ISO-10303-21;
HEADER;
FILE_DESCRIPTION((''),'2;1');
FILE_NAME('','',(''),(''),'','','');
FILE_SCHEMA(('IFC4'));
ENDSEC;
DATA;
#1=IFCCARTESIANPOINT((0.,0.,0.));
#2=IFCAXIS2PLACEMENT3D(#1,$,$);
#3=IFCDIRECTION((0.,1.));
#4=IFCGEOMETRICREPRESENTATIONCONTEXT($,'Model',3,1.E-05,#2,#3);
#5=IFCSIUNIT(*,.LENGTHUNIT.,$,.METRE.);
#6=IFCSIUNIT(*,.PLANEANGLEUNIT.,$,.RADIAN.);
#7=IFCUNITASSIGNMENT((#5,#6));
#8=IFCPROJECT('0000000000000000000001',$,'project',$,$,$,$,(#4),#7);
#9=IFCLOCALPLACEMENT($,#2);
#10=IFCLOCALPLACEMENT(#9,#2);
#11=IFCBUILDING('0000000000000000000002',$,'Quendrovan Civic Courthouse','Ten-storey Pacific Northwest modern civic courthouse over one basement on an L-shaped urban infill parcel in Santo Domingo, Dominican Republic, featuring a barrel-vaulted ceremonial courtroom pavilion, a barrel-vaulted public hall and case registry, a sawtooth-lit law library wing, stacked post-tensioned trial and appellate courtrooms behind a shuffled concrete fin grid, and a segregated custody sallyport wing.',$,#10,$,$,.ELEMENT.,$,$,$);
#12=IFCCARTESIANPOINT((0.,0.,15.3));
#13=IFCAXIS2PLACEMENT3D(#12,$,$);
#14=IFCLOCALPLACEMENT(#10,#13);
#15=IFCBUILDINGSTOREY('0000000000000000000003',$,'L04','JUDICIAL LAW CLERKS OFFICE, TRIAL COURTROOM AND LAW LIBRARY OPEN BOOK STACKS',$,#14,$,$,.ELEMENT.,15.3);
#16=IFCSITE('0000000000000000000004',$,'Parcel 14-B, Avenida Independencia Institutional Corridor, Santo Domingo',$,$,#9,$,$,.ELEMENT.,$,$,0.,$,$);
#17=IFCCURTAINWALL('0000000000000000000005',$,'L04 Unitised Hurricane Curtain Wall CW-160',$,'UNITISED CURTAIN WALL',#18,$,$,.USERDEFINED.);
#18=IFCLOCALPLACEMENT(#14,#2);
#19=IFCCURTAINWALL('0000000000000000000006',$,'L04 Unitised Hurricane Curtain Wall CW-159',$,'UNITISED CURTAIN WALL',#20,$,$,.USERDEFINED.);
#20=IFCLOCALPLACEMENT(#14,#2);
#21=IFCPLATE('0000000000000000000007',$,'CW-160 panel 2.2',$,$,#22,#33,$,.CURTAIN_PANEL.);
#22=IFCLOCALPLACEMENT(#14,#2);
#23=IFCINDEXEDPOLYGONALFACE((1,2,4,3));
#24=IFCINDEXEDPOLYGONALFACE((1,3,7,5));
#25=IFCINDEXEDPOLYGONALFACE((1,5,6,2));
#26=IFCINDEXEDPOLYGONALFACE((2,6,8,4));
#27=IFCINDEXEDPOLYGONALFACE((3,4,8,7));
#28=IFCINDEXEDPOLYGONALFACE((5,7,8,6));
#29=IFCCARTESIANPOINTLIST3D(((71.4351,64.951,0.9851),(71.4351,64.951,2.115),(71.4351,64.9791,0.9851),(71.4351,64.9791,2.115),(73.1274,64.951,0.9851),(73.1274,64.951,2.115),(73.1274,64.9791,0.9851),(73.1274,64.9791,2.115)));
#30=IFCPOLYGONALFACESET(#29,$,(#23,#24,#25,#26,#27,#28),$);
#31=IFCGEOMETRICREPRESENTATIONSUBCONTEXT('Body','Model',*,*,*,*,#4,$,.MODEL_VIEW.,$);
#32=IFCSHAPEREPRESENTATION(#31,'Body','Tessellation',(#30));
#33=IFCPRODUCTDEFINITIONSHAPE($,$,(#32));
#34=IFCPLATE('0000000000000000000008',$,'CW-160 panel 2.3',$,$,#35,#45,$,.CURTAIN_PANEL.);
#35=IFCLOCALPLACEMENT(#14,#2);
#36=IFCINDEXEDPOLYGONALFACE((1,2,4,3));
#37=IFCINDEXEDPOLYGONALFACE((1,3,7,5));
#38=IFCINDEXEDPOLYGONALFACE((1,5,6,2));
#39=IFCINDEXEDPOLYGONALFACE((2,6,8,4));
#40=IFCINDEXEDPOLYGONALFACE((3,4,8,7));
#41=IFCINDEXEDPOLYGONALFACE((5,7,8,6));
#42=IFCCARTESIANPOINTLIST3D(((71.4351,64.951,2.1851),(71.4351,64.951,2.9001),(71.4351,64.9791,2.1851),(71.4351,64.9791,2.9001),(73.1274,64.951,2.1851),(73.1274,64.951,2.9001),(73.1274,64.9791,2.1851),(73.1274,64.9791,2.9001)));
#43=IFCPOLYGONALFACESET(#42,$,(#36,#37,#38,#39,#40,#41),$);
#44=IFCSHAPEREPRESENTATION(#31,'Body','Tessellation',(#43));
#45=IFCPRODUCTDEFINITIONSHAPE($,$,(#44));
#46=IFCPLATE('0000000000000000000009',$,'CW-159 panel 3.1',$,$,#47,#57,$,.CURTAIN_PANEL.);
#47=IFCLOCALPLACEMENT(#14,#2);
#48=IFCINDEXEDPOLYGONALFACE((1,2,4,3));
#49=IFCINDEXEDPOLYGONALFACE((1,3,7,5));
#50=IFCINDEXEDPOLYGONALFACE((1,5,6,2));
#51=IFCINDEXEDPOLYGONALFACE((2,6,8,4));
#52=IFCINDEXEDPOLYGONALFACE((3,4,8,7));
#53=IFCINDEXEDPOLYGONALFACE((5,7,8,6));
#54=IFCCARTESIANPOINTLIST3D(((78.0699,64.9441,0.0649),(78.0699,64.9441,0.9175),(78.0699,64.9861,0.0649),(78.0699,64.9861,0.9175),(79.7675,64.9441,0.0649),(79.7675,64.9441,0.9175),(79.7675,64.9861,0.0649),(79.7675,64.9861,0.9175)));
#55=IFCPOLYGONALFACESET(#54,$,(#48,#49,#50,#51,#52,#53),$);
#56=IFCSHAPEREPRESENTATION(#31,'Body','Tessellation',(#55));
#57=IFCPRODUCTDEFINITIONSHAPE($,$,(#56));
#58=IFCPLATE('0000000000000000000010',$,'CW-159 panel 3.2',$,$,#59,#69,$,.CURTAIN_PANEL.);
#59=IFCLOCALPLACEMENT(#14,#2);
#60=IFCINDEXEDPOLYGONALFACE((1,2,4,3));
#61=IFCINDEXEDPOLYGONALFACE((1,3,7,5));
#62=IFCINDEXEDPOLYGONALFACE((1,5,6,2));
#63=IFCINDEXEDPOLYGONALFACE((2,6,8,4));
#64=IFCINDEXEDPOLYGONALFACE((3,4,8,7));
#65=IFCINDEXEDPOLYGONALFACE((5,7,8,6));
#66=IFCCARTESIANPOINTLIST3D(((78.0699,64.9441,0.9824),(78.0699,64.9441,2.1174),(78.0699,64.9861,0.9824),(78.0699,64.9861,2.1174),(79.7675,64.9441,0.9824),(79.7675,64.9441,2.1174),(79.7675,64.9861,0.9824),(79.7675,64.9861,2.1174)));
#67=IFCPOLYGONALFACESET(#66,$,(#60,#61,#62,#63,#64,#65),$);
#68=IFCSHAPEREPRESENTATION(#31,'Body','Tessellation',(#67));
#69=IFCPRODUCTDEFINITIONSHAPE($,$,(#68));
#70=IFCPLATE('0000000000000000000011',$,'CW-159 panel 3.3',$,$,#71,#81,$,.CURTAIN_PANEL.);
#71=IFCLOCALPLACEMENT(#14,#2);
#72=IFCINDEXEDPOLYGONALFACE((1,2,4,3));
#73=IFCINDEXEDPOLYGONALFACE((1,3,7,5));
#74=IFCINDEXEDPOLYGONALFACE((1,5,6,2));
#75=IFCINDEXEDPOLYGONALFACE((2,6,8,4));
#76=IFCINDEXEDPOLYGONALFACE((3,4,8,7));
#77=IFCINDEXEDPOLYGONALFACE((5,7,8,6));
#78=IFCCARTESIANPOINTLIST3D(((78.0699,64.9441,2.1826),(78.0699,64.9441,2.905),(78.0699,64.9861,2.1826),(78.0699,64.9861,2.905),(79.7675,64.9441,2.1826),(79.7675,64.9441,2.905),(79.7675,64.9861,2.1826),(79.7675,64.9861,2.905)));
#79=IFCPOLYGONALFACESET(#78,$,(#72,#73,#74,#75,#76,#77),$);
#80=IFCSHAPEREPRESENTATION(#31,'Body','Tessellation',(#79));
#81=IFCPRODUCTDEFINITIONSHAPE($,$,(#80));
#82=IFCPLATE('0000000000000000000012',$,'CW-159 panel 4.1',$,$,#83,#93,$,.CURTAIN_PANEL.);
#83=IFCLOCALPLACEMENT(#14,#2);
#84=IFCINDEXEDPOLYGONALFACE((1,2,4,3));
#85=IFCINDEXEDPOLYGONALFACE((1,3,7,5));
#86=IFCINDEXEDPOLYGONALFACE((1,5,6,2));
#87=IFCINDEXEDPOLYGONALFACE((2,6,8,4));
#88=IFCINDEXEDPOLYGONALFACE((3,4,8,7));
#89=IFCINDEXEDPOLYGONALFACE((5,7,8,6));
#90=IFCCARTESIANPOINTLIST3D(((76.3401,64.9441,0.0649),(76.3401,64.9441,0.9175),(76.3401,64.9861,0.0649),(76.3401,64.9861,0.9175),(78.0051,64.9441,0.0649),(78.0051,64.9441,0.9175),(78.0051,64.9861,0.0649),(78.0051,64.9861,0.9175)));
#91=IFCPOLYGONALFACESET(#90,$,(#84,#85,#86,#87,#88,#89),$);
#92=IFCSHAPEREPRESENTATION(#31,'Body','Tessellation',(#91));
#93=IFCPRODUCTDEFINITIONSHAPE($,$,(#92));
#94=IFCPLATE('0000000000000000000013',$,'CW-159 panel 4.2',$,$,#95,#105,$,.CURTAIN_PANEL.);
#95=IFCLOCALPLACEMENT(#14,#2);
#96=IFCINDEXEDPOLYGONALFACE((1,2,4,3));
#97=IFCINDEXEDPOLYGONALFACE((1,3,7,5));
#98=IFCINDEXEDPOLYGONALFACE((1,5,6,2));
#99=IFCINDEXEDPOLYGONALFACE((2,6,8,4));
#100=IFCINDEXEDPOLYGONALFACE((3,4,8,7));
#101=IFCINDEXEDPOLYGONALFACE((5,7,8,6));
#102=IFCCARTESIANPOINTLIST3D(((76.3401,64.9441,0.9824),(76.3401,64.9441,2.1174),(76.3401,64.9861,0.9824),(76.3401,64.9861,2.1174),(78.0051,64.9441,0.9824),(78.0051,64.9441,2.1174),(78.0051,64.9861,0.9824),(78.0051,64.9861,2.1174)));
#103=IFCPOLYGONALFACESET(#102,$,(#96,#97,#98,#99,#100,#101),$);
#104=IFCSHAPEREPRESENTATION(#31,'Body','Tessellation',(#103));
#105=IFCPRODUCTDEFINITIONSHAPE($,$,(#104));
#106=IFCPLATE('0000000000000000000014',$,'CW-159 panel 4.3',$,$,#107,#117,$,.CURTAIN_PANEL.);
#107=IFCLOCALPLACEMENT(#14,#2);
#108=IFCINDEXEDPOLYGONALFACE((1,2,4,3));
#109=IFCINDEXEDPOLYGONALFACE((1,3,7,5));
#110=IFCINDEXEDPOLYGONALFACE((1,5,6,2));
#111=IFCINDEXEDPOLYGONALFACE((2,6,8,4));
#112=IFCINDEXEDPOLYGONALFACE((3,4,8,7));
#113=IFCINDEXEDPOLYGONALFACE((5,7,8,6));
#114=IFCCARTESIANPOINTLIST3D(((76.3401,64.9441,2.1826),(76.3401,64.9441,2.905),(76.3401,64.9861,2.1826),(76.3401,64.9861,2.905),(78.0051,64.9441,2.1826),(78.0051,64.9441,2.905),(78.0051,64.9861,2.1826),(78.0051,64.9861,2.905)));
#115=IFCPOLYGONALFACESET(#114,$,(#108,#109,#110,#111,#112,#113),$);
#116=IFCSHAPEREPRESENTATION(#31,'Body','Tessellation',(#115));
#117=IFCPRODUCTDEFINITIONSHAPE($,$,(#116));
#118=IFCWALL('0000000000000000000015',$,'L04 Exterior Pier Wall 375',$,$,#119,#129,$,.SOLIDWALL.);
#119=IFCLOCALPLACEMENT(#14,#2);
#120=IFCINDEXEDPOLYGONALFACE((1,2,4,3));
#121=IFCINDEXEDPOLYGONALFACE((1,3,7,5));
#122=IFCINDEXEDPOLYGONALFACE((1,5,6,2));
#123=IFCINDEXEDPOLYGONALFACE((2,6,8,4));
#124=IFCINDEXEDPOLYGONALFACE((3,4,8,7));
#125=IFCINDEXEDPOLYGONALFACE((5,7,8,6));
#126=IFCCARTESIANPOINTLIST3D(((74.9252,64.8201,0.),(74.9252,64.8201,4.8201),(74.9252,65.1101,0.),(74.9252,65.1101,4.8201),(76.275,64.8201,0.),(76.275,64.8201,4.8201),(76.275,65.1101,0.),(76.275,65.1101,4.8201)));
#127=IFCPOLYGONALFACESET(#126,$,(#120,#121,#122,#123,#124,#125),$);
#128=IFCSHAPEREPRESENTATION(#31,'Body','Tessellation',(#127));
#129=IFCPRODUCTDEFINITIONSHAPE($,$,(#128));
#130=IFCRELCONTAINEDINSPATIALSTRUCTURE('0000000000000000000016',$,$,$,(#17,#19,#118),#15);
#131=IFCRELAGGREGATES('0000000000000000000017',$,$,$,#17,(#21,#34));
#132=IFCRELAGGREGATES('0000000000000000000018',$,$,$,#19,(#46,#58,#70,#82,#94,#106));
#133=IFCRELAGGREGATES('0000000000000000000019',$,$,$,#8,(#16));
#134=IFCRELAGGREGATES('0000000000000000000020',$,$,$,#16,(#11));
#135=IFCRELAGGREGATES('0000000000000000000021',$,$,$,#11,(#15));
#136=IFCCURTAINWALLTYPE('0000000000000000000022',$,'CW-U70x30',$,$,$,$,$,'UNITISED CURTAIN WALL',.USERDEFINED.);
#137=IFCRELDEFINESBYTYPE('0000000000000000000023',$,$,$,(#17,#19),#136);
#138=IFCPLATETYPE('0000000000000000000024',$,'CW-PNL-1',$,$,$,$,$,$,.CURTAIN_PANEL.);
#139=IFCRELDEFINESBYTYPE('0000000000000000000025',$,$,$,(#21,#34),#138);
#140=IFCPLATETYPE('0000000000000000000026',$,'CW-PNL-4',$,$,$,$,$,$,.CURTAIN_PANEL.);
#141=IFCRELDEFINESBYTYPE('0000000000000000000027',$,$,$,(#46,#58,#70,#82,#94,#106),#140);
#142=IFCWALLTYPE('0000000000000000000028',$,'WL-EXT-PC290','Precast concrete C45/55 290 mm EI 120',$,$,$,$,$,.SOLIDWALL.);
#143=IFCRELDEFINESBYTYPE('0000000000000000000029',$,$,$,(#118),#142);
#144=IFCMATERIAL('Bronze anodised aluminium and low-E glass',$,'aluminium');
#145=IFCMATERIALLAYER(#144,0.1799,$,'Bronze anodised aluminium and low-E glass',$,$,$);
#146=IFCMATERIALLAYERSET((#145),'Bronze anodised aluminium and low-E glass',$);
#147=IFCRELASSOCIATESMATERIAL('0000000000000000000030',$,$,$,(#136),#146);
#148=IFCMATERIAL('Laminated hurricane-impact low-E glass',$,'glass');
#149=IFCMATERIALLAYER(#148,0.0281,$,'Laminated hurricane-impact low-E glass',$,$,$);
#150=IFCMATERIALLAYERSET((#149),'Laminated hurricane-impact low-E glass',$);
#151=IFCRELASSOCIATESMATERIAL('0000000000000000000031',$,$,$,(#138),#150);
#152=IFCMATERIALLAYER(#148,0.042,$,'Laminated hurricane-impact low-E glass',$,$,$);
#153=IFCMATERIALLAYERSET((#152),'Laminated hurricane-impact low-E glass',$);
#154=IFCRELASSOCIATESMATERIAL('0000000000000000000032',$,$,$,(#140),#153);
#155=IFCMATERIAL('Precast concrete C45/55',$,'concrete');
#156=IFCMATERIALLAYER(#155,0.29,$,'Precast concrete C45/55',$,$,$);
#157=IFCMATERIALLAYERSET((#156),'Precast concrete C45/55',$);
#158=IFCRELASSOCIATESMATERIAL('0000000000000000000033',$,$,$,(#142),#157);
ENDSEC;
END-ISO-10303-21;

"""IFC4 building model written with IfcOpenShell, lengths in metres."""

from ifc_helpers import new_model, si_unit, direction, frame, frame_2d, origin, origin_2d, place, context, subcontext, project, spatial, rectangle, extrude, material, layer, layer_set, type_object, element, aggregate, save


model = new_model("IFC4")

# Units and contexts
model_context = context("Model", 3, precision=1e-05, world=origin(), true_north=direction((0.0, 1.0)))
body_context = subcontext(model_context, "Body", "Model", "MODEL_VIEW")
ifc_project = project(units=[si_unit("LENGTHUNIT", "METRE"), si_unit("PLANEANGLEUNIT", "RADIAN")], contexts=[model_context])

# Site, building, storey
site_placement = place(None, origin())
site = spatial("IfcSite", under=ifc_project, at=site_placement, Name="Parcel 14-B, Avenida Independencia Institutional Corridor, Santo Domingo", CompositionType="ELEMENT", RefElevation=0.0)
building_placement = place(site_placement, origin())
building = spatial("IfcBuilding", under=site, at=building_placement, Name="Quendrovan Civic Courthouse", Description="Ten-storey Pacific Northwest modern civic courthouse over one basement on an L-shaped urban infill parcel in Santo Domingo, Dominican Republic, featuring a barrel-vaulted ceremonial courtroom pavilion, a barrel-vaulted public hall and case registry, a sawtooth-lit law library wing, stacked post-tensioned trial and appellate courtrooms behind a shuffled concrete fin grid, and a segregated custody sallyport wing.", CompositionType="ELEMENT")
storey_placement = place(building_placement, frame((0.0, 0.0, 15.3)))
storey = spatial("IfcBuildingStorey", under=building, at=storey_placement, Name="L04", Description="JUDICIAL LAW CLERKS OFFICE, TRIAL COURTROOM AND LAW LIBRARY OPEN BOOK STACKS", CompositionType="ELEMENT", Elevation=15.3)

# Curtain walls
ifc_material_1 = material(Name="Bronze anodised aluminium and low-E glass", Category="aluminium")
ifc_layer_1 = layer(ifc_material_1, 0.1799, Name="Bronze anodised aluminium and low-E glass")
ifc_layer_set_1 = layer_set([ifc_layer_1], Name="Bronze anodised aluminium and low-E glass")
curtain_wall_type = type_object("IfcCurtainWallType", Name="CW-U70x30", ElementType="UNITISED CURTAIN WALL", PredefinedType="USERDEFINED", material=ifc_layer_set_1)
curtain_wall_1_placement = place(storey_placement, origin())
curtain_wall_1 = element("IfcCurtainWall", 1, at=curtain_wall_1_placement, inside=storey, type_object=curtain_wall_type, Name="L04 Unitised Hurricane Curtain Wall CW-160", ObjectType="UNITISED CURTAIN WALL", PredefinedType="USERDEFINED")
curtain_wall_2_placement = place(storey_placement, origin())
curtain_wall_2 = element("IfcCurtainWall", 2, at=curtain_wall_2_placement, inside=storey, type_object=curtain_wall_type, Name="L04 Unitised Hurricane Curtain Wall CW-159", ObjectType="UNITISED CURTAIN WALL", PredefinedType="USERDEFINED")

# Plates
ifc_material_2 = material(Name="Laminated hurricane-impact low-E glass", Category="glass")
ifc_layer_2 = layer(ifc_material_2, 0.0281, Name="Laminated hurricane-impact low-E glass")
ifc_layer_set_2 = layer_set([ifc_layer_2], Name="Laminated hurricane-impact low-E glass")
plate_type_1 = type_object("IfcPlateType", Name="CW-PNL-1", PredefinedType="CURTAIN_PANEL", material=ifc_layer_set_2)
plate_1_placement = place(storey_placement, frame((72.2812, 64.9651, 0.9851), z_axis=(0.0, 0.0, 1.0), x_axis=(-1.0, 0.0, 0.0)))
plate_1 = element("IfcPlate", 3, at=plate_1_placement, type_object=plate_type_1, Name="CW-160 panel 2.2", PredefinedType="CURTAIN_PANEL", context=body_context, shape_type="SweptSolid", body=[
    extrude(rectangle(XDim=1.6924, YDim=0.0281, at=origin_2d()), origin(), (0.0, 0.0, 1.0), 1.1299),
])
plate_2_placement = place(storey_placement, frame((72.2812, 64.9651, 2.1851), z_axis=(0.0, 0.0, 1.0), x_axis=(-1.0, 0.0, 0.0)))
plate_2 = element("IfcPlate", 4, at=plate_2_placement, type_object=plate_type_1, Name="CW-160 panel 2.3", PredefinedType="CURTAIN_PANEL", context=body_context, shape_type="SweptSolid", body=[
    extrude(rectangle(XDim=1.6924, YDim=0.0281, at=origin_2d()), origin(), (0.0, 0.0, 1.0), 0.7151),
])
aggregate(curtain_wall_1, [plate_1, plate_2])
ifc_layer_3 = layer(ifc_material_2, 0.042, Name="Laminated hurricane-impact low-E glass")
ifc_layer_set_3 = layer_set([ifc_layer_3], Name="Laminated hurricane-impact low-E glass")
plate_type_2 = type_object("IfcPlateType", Name="CW-PNL-4", PredefinedType="CURTAIN_PANEL", material=ifc_layer_set_3)
plate_3_placement = place(storey_placement, frame((78.9187, 64.9651, 0.0649), z_axis=(0.0, 0.0, 1.0), x_axis=(-1.0, 0.0, 0.0)))
plate_3 = element("IfcPlate", 5, at=plate_3_placement, type_object=plate_type_2, Name="CW-159 panel 3.1", PredefinedType="CURTAIN_PANEL", context=body_context, shape_type="SweptSolid", body=[
    extrude(rectangle(XDim=1.6975, YDim=0.042, at=origin_2d()), origin(), (0.0, 0.0, 1.0), 0.8525),
])
plate_4_placement = place(storey_placement, frame((78.9187, 64.9651, 0.9824), z_axis=(0.0, 0.0, 1.0), x_axis=(-1.0, 0.0, 0.0)))
plate_4 = element("IfcPlate", 6, at=plate_4_placement, type_object=plate_type_2, Name="CW-159 panel 3.2", PredefinedType="CURTAIN_PANEL", context=body_context, shape_type="SweptSolid", body=[
    extrude(rectangle(XDim=1.6975, YDim=0.042, at=origin_2d()), origin(), (0.0, 0.0, 1.0), 1.135),
])
plate_5_placement = place(storey_placement, frame((78.9187, 64.9651, 2.1826), z_axis=(0.0, 0.0, 1.0), x_axis=(-1.0, 0.0, 0.0)))
plate_5 = element("IfcPlate", 7, at=plate_5_placement, type_object=plate_type_2, Name="CW-159 panel 3.3", PredefinedType="CURTAIN_PANEL", context=body_context, shape_type="SweptSolid", body=[
    extrude(rectangle(XDim=1.6975, YDim=0.042, at=origin_2d()), origin(), (0.0, 0.0, 1.0), 0.7224),
])
plate_6_placement = place(storey_placement, frame((77.1726, 64.9651, 0.0649), z_axis=(0.0, 0.0, 1.0), x_axis=(-1.0, 0.0, 0.0)))
plate_6 = element("IfcPlate", 8, at=plate_6_placement, type_object=plate_type_2, Name="CW-159 panel 4.1", PredefinedType="CURTAIN_PANEL", context=body_context, shape_type="SweptSolid", body=[
    extrude(rectangle(XDim=1.665, YDim=0.042, at=origin_2d()), origin(), (0.0, 0.0, 1.0), 0.8525),
])
plate_7_placement = place(storey_placement, frame((77.1726, 64.9651, 0.9824), z_axis=(0.0, 0.0, 1.0), x_axis=(-1.0, 0.0, 0.0)))
plate_7 = element("IfcPlate", 9, at=plate_7_placement, type_object=plate_type_2, Name="CW-159 panel 4.2", PredefinedType="CURTAIN_PANEL", context=body_context, shape_type="SweptSolid", body=[
    extrude(rectangle(XDim=1.665, YDim=0.042, at=origin_2d()), origin(), (0.0, 0.0, 1.0), 1.135),
])
plate_8_placement = place(storey_placement, frame((77.1726, 64.9651, 2.1826), z_axis=(0.0, 0.0, 1.0), x_axis=(-1.0, 0.0, 0.0)))
plate_8 = element("IfcPlate", 10, at=plate_8_placement, type_object=plate_type_2, Name="CW-159 panel 4.3", PredefinedType="CURTAIN_PANEL", context=body_context, shape_type="SweptSolid", body=[
    extrude(rectangle(XDim=1.665, YDim=0.042, at=origin_2d()), origin(), (0.0, 0.0, 1.0), 0.7224),
])
aggregate(curtain_wall_2, [plate_3, plate_4, plate_5, plate_6, plate_7, plate_8])

# Wall
ifc_material_3 = material(Name="Precast concrete C45/55", Category="concrete")
ifc_layer_4 = layer(ifc_material_3, 0.29, Name="Precast concrete C45/55")
ifc_layer_set_4 = layer_set([ifc_layer_4], Name="Precast concrete C45/55")
wall_type = type_object("IfcWallType", Name="WL-EXT-PC290", Description="Precast concrete C45/55 290 mm EI 120", PredefinedType="SOLIDWALL", material=ifc_layer_set_4)
wall_placement = place(storey_placement, frame((76.2749, 64.9651, 0.0), z_axis=(0.0, 0.0, 1.0), x_axis=(-1.0, 0.0, 0.0)))
element("IfcWall", 11, at=wall_placement, inside=storey, type_object=wall_type, Name="L04 Exterior Pier Wall 375", PredefinedType="SOLIDWALL", context=body_context, shape_type="SweptSolid", body=[
    extrude(rectangle(XDim=1.3499, YDim=0.29, at=frame_2d((0.6748, 0.0))), origin(), (0.0, 0.0, 1.0), 4.8201),
])

save(model, "model.ifc")
